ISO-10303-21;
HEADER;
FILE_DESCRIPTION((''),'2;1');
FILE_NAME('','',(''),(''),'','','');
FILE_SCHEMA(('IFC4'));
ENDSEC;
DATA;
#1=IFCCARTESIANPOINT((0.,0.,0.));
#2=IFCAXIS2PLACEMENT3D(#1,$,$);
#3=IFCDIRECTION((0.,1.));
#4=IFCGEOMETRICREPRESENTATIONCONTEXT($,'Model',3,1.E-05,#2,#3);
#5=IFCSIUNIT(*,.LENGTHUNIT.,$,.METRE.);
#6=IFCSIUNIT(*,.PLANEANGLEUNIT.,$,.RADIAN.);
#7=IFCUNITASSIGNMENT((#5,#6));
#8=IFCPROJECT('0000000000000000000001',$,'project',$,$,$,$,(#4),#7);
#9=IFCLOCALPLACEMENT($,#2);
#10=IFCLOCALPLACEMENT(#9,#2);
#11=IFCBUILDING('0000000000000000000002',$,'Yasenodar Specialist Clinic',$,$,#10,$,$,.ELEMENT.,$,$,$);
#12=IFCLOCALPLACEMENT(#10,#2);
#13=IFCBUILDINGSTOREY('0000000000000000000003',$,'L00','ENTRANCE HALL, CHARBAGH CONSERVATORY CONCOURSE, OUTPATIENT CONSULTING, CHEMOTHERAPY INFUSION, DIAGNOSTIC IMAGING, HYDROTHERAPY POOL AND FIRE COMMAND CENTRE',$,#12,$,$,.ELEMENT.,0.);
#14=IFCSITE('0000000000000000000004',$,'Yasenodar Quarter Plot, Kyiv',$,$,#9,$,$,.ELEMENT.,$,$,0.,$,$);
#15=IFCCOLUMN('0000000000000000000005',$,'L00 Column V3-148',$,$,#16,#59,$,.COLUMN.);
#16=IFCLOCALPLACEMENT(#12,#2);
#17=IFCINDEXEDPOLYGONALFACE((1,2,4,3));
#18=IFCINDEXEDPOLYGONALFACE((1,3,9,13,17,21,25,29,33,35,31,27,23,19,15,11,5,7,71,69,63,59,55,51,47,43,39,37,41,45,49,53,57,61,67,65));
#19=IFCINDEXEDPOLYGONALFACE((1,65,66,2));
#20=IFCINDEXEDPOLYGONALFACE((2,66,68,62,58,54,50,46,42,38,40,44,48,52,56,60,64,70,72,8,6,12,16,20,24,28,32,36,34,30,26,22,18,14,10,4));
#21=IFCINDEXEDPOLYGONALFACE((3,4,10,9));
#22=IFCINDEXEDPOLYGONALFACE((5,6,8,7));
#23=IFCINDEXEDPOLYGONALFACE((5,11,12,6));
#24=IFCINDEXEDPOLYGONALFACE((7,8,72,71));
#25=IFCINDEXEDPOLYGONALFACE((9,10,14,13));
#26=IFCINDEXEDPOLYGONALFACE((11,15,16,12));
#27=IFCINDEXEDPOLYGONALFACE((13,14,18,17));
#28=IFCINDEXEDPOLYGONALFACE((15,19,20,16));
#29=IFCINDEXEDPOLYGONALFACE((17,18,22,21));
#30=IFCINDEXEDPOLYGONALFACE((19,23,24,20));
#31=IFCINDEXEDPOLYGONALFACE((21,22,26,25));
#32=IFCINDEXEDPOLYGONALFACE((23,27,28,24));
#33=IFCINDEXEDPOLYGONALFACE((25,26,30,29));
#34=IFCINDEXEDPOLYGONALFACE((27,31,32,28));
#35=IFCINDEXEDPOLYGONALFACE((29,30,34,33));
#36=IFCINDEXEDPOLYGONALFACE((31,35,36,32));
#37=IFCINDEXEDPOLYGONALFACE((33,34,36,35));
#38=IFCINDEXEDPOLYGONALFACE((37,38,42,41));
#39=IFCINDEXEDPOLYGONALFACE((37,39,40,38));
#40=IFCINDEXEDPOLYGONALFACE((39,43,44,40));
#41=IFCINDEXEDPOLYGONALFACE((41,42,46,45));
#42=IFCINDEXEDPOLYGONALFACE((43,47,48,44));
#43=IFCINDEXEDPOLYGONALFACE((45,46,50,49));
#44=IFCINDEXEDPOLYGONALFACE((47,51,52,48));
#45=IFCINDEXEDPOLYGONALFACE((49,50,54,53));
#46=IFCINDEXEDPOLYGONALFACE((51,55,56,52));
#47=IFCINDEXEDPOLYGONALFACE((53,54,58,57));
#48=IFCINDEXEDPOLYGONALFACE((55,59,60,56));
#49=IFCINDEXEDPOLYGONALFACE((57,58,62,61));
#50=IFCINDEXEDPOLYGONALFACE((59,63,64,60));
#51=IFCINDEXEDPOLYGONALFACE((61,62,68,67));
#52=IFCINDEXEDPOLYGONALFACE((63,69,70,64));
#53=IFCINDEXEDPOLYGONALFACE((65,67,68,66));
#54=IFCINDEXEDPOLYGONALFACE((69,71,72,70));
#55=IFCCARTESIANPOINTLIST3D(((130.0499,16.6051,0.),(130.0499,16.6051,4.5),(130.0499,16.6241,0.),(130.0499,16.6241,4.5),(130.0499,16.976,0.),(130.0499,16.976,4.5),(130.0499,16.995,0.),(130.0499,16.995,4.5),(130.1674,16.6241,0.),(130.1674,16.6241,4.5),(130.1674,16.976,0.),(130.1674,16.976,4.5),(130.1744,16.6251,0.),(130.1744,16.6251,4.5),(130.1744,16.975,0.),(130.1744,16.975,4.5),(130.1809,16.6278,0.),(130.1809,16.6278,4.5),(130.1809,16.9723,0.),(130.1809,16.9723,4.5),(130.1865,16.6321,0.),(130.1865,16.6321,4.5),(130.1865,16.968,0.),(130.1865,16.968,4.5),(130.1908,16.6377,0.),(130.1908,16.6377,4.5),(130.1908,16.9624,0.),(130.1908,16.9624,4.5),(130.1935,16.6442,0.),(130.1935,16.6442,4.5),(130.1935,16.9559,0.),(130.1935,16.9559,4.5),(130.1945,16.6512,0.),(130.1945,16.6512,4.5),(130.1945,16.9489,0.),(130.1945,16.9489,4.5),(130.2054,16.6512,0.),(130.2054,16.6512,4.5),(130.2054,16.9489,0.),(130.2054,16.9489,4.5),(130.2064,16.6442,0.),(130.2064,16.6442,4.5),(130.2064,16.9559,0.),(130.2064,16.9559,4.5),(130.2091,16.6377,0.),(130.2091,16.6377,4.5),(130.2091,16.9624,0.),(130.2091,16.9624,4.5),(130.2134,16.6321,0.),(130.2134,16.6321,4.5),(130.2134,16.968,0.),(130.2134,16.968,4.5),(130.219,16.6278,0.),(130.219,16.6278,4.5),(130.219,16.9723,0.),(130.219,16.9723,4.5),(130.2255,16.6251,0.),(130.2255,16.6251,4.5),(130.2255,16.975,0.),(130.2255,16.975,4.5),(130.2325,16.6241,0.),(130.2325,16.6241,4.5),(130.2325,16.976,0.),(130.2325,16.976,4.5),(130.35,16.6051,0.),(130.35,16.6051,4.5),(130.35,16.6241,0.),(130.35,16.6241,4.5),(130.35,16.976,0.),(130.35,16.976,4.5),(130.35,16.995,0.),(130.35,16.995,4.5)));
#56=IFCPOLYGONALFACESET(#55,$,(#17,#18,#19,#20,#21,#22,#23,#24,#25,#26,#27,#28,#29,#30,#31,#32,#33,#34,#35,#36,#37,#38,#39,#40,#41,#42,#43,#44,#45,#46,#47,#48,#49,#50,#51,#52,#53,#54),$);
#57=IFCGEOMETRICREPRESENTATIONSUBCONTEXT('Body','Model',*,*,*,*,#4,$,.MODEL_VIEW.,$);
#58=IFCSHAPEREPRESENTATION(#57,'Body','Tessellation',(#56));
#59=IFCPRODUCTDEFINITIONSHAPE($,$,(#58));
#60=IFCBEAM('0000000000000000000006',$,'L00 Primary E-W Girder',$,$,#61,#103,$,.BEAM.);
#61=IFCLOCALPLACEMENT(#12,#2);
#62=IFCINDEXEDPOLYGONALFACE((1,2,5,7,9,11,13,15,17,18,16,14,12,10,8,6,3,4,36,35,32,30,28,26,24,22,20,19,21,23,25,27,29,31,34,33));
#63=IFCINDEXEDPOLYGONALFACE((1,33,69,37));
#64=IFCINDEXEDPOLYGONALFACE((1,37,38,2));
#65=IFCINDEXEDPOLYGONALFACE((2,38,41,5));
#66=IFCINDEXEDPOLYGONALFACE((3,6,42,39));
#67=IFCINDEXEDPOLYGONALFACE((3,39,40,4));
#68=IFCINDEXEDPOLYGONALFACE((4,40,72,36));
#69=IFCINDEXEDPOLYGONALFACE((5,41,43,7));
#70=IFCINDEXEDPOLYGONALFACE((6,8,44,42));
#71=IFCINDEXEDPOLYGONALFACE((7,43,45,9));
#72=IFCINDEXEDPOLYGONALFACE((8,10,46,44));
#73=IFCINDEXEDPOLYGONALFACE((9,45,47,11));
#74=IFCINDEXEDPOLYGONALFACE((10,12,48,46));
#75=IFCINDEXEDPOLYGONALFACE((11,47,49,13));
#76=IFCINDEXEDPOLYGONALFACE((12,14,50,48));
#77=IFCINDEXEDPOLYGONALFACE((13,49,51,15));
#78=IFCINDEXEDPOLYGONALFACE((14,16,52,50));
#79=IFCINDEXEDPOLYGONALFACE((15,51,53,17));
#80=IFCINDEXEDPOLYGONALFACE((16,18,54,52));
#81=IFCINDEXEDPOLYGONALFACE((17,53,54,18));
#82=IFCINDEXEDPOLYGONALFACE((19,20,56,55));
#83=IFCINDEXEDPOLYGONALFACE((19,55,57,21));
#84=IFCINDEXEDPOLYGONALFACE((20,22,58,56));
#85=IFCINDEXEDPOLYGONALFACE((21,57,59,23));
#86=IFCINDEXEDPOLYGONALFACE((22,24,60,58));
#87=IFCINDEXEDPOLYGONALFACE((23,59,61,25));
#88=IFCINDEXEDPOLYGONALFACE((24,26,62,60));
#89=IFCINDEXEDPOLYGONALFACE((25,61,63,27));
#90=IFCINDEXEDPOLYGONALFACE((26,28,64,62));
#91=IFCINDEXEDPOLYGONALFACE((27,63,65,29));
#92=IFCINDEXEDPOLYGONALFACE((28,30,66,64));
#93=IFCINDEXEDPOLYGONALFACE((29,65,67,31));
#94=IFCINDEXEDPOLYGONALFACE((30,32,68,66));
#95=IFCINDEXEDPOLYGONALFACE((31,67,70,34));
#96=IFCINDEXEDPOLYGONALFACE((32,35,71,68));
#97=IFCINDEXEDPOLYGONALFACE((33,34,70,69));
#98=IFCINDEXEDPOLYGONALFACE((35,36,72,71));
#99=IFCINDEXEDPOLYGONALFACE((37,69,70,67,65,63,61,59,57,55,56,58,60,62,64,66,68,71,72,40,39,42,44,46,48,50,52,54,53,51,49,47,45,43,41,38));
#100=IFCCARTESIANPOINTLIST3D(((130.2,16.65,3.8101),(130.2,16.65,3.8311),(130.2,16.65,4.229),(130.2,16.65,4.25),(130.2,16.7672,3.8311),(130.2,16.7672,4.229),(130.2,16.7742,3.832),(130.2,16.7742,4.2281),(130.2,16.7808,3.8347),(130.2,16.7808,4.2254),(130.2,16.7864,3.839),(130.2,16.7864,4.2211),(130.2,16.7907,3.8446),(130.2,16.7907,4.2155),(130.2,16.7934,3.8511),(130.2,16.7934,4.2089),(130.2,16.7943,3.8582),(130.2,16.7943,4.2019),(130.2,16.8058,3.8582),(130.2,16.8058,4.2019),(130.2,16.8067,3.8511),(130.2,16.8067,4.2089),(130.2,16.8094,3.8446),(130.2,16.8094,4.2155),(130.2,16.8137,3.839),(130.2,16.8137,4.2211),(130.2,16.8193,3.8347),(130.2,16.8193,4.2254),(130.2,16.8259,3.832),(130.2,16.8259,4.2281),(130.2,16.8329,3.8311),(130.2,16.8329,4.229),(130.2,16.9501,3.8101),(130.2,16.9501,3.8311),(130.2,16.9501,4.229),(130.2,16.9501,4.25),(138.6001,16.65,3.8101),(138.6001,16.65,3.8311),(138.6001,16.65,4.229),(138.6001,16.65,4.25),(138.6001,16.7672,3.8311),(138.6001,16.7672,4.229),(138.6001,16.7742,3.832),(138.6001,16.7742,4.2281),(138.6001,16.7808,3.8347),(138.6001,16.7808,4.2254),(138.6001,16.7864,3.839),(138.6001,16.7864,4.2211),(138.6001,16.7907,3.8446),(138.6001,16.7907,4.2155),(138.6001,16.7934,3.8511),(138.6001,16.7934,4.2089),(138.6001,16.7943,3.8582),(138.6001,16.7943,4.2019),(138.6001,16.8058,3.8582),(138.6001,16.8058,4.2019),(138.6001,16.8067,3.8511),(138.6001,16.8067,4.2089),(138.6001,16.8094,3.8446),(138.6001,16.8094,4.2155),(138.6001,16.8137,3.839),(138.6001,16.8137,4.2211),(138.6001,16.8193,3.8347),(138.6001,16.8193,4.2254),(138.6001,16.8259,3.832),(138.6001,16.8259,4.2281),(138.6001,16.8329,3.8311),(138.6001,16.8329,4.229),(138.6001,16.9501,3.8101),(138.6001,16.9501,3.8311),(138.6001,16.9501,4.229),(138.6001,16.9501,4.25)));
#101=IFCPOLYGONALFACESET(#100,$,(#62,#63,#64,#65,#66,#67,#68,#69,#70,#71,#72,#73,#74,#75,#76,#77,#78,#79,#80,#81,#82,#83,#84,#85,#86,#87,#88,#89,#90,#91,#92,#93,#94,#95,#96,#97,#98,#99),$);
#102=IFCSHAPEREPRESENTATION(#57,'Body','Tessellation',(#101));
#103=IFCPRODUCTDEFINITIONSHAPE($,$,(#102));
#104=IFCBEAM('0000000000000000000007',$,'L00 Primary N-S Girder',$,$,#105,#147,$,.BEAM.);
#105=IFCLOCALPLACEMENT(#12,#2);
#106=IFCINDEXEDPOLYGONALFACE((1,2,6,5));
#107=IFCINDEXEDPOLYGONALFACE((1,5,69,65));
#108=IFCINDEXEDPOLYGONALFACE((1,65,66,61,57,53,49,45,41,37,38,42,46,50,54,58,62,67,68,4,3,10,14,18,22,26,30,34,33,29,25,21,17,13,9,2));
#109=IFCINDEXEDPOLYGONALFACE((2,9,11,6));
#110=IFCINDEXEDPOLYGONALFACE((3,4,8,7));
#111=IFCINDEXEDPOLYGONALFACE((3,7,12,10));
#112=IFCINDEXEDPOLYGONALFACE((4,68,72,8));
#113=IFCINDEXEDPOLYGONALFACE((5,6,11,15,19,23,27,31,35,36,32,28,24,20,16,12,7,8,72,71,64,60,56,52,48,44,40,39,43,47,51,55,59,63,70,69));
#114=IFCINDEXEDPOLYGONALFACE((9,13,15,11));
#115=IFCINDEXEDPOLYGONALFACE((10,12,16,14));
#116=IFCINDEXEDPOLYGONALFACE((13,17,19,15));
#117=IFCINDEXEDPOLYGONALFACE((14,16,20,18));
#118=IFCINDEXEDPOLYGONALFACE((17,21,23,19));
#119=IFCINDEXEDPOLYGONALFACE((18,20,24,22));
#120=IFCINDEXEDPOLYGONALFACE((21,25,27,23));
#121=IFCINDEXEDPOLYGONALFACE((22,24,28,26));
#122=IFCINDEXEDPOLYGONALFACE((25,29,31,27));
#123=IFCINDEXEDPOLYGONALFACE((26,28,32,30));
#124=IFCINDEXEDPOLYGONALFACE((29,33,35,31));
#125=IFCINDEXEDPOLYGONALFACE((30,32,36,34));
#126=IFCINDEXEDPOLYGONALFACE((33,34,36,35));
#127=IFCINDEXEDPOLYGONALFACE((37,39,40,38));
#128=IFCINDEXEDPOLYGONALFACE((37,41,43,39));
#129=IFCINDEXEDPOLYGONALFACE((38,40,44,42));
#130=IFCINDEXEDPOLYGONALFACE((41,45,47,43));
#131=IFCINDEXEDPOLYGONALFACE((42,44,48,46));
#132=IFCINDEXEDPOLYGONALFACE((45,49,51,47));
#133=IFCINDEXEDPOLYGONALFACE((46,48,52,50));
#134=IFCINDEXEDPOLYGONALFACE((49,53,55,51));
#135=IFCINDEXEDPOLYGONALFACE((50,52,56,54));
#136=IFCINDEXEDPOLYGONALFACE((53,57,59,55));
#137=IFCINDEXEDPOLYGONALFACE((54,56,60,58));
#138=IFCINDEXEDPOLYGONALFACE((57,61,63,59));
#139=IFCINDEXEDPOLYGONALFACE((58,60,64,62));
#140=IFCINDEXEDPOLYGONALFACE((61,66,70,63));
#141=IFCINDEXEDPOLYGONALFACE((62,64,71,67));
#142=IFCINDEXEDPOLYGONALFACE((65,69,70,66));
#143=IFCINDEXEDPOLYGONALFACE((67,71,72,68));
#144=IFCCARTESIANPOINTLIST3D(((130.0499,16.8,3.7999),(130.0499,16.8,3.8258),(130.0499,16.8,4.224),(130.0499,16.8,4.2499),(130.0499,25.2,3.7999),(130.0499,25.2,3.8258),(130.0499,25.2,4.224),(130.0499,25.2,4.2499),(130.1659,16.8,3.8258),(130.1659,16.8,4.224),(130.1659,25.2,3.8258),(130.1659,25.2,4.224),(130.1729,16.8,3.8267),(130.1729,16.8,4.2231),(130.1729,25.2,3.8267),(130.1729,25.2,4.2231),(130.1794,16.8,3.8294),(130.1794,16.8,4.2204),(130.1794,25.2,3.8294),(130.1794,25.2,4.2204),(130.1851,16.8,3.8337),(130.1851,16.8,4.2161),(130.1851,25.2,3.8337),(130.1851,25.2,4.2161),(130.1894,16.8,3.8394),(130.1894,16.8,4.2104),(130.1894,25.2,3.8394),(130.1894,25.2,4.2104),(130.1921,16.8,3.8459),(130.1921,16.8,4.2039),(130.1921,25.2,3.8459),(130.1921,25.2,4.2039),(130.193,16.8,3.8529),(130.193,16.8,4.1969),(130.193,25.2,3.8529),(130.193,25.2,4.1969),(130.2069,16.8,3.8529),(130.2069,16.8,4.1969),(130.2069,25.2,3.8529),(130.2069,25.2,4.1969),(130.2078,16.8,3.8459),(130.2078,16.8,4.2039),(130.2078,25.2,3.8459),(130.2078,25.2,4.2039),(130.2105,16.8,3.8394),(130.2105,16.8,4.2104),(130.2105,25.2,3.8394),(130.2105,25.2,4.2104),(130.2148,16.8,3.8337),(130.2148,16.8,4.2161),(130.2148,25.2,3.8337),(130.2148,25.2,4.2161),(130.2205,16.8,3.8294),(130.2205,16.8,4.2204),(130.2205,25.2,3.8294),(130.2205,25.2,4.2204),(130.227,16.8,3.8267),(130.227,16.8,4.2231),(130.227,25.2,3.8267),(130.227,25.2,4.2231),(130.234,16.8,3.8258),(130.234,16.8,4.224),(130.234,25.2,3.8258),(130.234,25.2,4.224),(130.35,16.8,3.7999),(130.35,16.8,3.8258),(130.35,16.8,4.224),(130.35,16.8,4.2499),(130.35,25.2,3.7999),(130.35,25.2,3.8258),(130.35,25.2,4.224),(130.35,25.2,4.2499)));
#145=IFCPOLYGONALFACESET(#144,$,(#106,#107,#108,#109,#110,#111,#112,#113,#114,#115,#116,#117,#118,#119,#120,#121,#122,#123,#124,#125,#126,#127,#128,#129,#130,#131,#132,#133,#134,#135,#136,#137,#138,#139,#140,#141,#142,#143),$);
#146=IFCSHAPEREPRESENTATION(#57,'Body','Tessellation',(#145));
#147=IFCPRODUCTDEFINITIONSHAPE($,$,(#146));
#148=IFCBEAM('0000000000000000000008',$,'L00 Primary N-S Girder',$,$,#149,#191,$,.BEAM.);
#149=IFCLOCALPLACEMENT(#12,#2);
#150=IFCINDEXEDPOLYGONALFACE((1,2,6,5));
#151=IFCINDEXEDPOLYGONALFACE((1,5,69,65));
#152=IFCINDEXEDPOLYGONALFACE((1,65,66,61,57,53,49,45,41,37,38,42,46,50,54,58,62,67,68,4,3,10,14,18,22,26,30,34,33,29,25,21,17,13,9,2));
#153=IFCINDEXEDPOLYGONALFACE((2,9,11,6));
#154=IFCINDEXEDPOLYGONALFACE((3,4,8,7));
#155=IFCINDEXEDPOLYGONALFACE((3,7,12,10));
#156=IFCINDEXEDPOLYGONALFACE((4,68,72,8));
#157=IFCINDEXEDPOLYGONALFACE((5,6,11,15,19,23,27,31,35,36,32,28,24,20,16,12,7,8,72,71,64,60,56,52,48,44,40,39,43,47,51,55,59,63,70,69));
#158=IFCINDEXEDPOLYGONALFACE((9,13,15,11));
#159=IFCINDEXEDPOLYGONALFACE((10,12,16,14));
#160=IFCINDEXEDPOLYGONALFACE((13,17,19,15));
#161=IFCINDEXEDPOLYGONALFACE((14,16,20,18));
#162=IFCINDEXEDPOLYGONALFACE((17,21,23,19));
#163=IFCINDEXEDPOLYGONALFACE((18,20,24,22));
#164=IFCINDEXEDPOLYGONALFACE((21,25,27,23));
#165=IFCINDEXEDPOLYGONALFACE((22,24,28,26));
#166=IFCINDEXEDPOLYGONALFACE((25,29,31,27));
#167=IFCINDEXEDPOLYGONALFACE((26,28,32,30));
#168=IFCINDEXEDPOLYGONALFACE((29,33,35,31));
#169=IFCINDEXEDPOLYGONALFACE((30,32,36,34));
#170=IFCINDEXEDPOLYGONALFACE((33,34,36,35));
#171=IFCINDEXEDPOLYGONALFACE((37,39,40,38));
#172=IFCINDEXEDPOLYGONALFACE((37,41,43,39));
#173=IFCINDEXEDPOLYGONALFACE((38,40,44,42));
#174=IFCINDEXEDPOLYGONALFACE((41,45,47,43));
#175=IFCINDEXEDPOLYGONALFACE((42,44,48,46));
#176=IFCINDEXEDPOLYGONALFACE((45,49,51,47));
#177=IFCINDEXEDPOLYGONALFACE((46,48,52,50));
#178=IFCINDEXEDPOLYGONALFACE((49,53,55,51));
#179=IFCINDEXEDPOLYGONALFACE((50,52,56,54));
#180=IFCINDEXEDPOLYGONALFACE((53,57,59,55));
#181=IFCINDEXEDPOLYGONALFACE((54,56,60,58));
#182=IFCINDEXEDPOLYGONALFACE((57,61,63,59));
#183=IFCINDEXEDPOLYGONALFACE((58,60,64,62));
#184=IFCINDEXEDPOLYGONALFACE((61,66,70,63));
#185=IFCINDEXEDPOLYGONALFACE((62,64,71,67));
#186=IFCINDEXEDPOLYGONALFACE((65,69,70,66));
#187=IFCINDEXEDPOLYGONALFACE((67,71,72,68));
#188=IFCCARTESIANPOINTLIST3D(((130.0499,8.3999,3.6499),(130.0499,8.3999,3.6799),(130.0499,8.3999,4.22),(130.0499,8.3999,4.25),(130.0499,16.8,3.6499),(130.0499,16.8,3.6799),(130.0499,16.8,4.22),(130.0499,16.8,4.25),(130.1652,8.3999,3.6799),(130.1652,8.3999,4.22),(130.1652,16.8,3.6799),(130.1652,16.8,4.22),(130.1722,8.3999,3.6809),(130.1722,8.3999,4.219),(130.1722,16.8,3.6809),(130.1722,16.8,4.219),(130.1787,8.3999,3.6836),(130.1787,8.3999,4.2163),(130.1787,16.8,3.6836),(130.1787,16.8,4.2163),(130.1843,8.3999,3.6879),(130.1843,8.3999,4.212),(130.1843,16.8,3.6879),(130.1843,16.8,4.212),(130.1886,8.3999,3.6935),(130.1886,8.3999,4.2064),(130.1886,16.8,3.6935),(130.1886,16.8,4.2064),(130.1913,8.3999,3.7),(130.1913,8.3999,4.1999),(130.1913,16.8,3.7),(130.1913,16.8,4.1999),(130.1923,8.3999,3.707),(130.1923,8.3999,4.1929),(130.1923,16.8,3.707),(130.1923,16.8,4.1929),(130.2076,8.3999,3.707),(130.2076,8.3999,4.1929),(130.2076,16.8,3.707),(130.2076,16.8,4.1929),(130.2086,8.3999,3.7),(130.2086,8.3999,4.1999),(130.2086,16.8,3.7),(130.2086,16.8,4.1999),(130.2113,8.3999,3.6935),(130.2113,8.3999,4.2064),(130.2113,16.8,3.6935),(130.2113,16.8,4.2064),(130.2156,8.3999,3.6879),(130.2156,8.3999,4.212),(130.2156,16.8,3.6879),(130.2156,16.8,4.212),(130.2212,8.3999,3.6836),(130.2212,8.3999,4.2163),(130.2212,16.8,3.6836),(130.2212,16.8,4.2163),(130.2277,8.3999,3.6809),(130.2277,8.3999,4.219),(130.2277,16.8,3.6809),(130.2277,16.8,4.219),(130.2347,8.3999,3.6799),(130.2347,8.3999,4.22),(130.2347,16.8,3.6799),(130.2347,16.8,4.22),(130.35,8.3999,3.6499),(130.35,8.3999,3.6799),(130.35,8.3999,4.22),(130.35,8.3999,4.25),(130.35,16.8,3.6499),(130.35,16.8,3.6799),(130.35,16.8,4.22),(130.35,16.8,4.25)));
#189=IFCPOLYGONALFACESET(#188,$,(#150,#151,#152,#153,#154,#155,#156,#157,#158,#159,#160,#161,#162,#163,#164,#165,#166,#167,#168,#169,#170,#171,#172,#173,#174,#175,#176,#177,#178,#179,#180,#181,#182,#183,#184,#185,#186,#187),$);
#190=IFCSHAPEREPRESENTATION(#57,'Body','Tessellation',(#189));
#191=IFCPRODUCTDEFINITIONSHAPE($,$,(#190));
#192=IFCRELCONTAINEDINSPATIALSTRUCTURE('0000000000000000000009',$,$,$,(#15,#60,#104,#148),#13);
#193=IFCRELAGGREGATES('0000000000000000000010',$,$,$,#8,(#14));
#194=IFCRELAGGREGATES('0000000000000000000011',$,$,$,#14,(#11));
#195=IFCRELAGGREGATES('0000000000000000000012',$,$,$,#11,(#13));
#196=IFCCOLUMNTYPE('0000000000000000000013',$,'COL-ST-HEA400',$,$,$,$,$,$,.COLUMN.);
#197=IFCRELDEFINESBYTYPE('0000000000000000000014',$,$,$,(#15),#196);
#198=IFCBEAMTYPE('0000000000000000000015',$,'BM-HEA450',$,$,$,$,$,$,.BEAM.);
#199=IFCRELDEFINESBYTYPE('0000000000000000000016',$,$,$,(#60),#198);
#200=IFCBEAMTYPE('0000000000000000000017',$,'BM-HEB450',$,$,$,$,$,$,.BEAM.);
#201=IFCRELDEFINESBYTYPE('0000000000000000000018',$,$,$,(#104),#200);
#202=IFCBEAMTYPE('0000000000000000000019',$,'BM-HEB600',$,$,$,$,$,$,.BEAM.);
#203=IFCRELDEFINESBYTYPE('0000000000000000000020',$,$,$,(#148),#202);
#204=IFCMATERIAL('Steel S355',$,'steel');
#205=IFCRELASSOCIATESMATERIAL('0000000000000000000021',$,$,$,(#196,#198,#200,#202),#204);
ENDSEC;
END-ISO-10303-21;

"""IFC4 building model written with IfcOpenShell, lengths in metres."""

from ifc_helpers import new_model, si_unit, direction, frame, origin, origin_2d, place, context, subcontext, project, spatial, i_section, extrude, material, material_profile, profile_set, type_object, element, save


model = new_model("IFC4")

# Units and contexts
model_context = context("Model", 3, precision=1e-05, world=origin(), true_north=direction((0.0, 1.0)))
body_context = subcontext(model_context, "Body", "Model", "MODEL_VIEW")
ifc_project = project(units=[si_unit("LENGTHUNIT", "METRE"), si_unit("PLANEANGLEUNIT", "RADIAN")], contexts=[model_context])

# Site, building, storey
site_placement = place(None, origin())
site = spatial("IfcSite", under=ifc_project, at=site_placement, Name="Yasenodar Quarter Plot, Kyiv", CompositionType="ELEMENT", RefElevation=0.0)
building_placement = place(site_placement, origin())
building = spatial("IfcBuilding", under=site, at=building_placement, Name="Yasenodar Specialist Clinic", CompositionType="ELEMENT")
storey_placement = place(building_placement, origin())
storey = spatial("IfcBuildingStorey", under=building, at=storey_placement, Name="L00", Description="ENTRANCE HALL, CHARBAGH CONSERVATORY CONCOURSE, OUTPATIENT CONSULTING, CHEMOTHERAPY INFUSION, DIAGNOSTIC IMAGING, HYDROTHERAPY POOL AND FIRE COMMAND CENTRE", CompositionType="ELEMENT", Elevation=0.0)

# Column
ifc_material_1 = material(Name="Steel S355", Category="steel")
ifc_material_profile_1 = material_profile(ifc_material_1, i_section(OverallWidth=0.3, OverallDepth=0.3899, WebThickness=0.011, FlangeThickness=0.019, FilletRadius=0.0271, at=origin_2d()), Name="HEA 400")
ifc_profile_set_1 = profile_set([ifc_material_profile_1], Name="Steel S355")
column_type = type_object("IfcColumnType", Name="COL-ST-HEA400", PredefinedType="COLUMN", material=ifc_profile_set_1)
column_placement = place(storey_placement, frame((130.2, 16.8, 0.0), z_axis=(0.0, 0.0, 1.0), x_axis=(1.0, 0.0, 0.0)))
element("IfcColumn", 1, at=column_placement, inside=storey, type_object=column_type, Name="L00 Column V3-148", PredefinedType="COLUMN", context=body_context, shape_type="SweptSolid", body=[
    extrude(i_section(OverallWidth=0.3, OverallDepth=0.3899, WebThickness=0.011, FlangeThickness=0.019, FilletRadius=0.0271, at=origin_2d()), origin(), (0.0, 0.0, 1.0), 4.5),
])

# Beams
ifc_material_profile_2 = material_profile(ifc_material_1, i_section(OverallWidth=0.3, OverallDepth=0.4399, WebThickness=0.0115, FlangeThickness=0.021, FilletRadius=0.0271, at=origin_2d()), Name="HEA 450")
ifc_profile_set_2 = profile_set([ifc_material_profile_2], Name="Steel S355")
beam_type_1 = type_object("IfcBeamType", Name="BM-HEA450", PredefinedType="BEAM", material=ifc_profile_set_2)
beam_1_placement = place(storey_placement, frame((130.2, 16.8, 4.03), z_axis=(1.0, 0.0, 0.0), x_axis=(0.0, 1.0, 0.0)))
element("IfcBeam", 2, at=beam_1_placement, inside=storey, type_object=beam_type_1, Name="L00 Primary E-W Girder", PredefinedType="BEAM", context=body_context, shape_type="SweptSolid", body=[
    extrude(i_section(OverallWidth=0.3, OverallDepth=0.4399, WebThickness=0.0115, FlangeThickness=0.021, FilletRadius=0.0271, at=origin_2d()), origin(), (0.0, 0.0, 1.0), 8.4001),
])
ifc_material_profile_3 = material_profile(ifc_material_1, i_section(OverallWidth=0.3, OverallDepth=0.45, WebThickness=0.0139, FlangeThickness=0.0259, FilletRadius=0.0271, at=origin_2d()), Name="HEB 450")
ifc_profile_set_3 = profile_set([ifc_material_profile_3], Name="Steel S355")
beam_type_2 = type_object("IfcBeamType", Name="BM-HEB450", PredefinedType="BEAM", material=ifc_profile_set_3)
beam_2_placement = place(storey_placement, frame((130.2, 16.8, 4.0249), z_axis=(0.0, 1.0, 0.0), x_axis=(-1.0, 0.0, 0.0)))
element("IfcBeam", 3, at=beam_2_placement, inside=storey, type_object=beam_type_2, Name="L00 Primary N-S Girder", PredefinedType="BEAM", context=body_context, shape_type="SweptSolid", body=[
    extrude(i_section(OverallWidth=0.3, OverallDepth=0.45, WebThickness=0.0139, FlangeThickness=0.0259, FilletRadius=0.0271, at=origin_2d()), origin(), (0.0, 0.0, 1.0), 8.3999),
])
ifc_material_profile_4 = material_profile(ifc_material_1, i_section(OverallWidth=0.3, OverallDepth=0.6001, WebThickness=0.0154, FlangeThickness=0.03, FilletRadius=0.0271, at=origin_2d()), Name="HEB 600")
ifc_profile_set_4 = profile_set([ifc_material_profile_4], Name="Steel S355")
beam_type_3 = type_object("IfcBeamType", Name="BM-HEB600", PredefinedType="BEAM", material=ifc_profile_set_4)
beam_3_placement = place(storey_placement, frame((130.2, 8.3999, 3.95), z_axis=(0.0, 1.0, 0.0), x_axis=(-1.0, 0.0, 0.0)))
element("IfcBeam", 4, at=beam_3_placement, inside=storey, type_object=beam_type_3, Name="L00 Primary N-S Girder", PredefinedType="BEAM", context=body_context, shape_type="SweptSolid", body=[
    extrude(i_section(OverallWidth=0.3, OverallDepth=0.6001, WebThickness=0.0154, FlangeThickness=0.03, FilletRadius=0.0271, at=origin_2d()), origin(), (0.0, 0.0, 1.0), 8.4001),
])

save(model, "model.ifc")
